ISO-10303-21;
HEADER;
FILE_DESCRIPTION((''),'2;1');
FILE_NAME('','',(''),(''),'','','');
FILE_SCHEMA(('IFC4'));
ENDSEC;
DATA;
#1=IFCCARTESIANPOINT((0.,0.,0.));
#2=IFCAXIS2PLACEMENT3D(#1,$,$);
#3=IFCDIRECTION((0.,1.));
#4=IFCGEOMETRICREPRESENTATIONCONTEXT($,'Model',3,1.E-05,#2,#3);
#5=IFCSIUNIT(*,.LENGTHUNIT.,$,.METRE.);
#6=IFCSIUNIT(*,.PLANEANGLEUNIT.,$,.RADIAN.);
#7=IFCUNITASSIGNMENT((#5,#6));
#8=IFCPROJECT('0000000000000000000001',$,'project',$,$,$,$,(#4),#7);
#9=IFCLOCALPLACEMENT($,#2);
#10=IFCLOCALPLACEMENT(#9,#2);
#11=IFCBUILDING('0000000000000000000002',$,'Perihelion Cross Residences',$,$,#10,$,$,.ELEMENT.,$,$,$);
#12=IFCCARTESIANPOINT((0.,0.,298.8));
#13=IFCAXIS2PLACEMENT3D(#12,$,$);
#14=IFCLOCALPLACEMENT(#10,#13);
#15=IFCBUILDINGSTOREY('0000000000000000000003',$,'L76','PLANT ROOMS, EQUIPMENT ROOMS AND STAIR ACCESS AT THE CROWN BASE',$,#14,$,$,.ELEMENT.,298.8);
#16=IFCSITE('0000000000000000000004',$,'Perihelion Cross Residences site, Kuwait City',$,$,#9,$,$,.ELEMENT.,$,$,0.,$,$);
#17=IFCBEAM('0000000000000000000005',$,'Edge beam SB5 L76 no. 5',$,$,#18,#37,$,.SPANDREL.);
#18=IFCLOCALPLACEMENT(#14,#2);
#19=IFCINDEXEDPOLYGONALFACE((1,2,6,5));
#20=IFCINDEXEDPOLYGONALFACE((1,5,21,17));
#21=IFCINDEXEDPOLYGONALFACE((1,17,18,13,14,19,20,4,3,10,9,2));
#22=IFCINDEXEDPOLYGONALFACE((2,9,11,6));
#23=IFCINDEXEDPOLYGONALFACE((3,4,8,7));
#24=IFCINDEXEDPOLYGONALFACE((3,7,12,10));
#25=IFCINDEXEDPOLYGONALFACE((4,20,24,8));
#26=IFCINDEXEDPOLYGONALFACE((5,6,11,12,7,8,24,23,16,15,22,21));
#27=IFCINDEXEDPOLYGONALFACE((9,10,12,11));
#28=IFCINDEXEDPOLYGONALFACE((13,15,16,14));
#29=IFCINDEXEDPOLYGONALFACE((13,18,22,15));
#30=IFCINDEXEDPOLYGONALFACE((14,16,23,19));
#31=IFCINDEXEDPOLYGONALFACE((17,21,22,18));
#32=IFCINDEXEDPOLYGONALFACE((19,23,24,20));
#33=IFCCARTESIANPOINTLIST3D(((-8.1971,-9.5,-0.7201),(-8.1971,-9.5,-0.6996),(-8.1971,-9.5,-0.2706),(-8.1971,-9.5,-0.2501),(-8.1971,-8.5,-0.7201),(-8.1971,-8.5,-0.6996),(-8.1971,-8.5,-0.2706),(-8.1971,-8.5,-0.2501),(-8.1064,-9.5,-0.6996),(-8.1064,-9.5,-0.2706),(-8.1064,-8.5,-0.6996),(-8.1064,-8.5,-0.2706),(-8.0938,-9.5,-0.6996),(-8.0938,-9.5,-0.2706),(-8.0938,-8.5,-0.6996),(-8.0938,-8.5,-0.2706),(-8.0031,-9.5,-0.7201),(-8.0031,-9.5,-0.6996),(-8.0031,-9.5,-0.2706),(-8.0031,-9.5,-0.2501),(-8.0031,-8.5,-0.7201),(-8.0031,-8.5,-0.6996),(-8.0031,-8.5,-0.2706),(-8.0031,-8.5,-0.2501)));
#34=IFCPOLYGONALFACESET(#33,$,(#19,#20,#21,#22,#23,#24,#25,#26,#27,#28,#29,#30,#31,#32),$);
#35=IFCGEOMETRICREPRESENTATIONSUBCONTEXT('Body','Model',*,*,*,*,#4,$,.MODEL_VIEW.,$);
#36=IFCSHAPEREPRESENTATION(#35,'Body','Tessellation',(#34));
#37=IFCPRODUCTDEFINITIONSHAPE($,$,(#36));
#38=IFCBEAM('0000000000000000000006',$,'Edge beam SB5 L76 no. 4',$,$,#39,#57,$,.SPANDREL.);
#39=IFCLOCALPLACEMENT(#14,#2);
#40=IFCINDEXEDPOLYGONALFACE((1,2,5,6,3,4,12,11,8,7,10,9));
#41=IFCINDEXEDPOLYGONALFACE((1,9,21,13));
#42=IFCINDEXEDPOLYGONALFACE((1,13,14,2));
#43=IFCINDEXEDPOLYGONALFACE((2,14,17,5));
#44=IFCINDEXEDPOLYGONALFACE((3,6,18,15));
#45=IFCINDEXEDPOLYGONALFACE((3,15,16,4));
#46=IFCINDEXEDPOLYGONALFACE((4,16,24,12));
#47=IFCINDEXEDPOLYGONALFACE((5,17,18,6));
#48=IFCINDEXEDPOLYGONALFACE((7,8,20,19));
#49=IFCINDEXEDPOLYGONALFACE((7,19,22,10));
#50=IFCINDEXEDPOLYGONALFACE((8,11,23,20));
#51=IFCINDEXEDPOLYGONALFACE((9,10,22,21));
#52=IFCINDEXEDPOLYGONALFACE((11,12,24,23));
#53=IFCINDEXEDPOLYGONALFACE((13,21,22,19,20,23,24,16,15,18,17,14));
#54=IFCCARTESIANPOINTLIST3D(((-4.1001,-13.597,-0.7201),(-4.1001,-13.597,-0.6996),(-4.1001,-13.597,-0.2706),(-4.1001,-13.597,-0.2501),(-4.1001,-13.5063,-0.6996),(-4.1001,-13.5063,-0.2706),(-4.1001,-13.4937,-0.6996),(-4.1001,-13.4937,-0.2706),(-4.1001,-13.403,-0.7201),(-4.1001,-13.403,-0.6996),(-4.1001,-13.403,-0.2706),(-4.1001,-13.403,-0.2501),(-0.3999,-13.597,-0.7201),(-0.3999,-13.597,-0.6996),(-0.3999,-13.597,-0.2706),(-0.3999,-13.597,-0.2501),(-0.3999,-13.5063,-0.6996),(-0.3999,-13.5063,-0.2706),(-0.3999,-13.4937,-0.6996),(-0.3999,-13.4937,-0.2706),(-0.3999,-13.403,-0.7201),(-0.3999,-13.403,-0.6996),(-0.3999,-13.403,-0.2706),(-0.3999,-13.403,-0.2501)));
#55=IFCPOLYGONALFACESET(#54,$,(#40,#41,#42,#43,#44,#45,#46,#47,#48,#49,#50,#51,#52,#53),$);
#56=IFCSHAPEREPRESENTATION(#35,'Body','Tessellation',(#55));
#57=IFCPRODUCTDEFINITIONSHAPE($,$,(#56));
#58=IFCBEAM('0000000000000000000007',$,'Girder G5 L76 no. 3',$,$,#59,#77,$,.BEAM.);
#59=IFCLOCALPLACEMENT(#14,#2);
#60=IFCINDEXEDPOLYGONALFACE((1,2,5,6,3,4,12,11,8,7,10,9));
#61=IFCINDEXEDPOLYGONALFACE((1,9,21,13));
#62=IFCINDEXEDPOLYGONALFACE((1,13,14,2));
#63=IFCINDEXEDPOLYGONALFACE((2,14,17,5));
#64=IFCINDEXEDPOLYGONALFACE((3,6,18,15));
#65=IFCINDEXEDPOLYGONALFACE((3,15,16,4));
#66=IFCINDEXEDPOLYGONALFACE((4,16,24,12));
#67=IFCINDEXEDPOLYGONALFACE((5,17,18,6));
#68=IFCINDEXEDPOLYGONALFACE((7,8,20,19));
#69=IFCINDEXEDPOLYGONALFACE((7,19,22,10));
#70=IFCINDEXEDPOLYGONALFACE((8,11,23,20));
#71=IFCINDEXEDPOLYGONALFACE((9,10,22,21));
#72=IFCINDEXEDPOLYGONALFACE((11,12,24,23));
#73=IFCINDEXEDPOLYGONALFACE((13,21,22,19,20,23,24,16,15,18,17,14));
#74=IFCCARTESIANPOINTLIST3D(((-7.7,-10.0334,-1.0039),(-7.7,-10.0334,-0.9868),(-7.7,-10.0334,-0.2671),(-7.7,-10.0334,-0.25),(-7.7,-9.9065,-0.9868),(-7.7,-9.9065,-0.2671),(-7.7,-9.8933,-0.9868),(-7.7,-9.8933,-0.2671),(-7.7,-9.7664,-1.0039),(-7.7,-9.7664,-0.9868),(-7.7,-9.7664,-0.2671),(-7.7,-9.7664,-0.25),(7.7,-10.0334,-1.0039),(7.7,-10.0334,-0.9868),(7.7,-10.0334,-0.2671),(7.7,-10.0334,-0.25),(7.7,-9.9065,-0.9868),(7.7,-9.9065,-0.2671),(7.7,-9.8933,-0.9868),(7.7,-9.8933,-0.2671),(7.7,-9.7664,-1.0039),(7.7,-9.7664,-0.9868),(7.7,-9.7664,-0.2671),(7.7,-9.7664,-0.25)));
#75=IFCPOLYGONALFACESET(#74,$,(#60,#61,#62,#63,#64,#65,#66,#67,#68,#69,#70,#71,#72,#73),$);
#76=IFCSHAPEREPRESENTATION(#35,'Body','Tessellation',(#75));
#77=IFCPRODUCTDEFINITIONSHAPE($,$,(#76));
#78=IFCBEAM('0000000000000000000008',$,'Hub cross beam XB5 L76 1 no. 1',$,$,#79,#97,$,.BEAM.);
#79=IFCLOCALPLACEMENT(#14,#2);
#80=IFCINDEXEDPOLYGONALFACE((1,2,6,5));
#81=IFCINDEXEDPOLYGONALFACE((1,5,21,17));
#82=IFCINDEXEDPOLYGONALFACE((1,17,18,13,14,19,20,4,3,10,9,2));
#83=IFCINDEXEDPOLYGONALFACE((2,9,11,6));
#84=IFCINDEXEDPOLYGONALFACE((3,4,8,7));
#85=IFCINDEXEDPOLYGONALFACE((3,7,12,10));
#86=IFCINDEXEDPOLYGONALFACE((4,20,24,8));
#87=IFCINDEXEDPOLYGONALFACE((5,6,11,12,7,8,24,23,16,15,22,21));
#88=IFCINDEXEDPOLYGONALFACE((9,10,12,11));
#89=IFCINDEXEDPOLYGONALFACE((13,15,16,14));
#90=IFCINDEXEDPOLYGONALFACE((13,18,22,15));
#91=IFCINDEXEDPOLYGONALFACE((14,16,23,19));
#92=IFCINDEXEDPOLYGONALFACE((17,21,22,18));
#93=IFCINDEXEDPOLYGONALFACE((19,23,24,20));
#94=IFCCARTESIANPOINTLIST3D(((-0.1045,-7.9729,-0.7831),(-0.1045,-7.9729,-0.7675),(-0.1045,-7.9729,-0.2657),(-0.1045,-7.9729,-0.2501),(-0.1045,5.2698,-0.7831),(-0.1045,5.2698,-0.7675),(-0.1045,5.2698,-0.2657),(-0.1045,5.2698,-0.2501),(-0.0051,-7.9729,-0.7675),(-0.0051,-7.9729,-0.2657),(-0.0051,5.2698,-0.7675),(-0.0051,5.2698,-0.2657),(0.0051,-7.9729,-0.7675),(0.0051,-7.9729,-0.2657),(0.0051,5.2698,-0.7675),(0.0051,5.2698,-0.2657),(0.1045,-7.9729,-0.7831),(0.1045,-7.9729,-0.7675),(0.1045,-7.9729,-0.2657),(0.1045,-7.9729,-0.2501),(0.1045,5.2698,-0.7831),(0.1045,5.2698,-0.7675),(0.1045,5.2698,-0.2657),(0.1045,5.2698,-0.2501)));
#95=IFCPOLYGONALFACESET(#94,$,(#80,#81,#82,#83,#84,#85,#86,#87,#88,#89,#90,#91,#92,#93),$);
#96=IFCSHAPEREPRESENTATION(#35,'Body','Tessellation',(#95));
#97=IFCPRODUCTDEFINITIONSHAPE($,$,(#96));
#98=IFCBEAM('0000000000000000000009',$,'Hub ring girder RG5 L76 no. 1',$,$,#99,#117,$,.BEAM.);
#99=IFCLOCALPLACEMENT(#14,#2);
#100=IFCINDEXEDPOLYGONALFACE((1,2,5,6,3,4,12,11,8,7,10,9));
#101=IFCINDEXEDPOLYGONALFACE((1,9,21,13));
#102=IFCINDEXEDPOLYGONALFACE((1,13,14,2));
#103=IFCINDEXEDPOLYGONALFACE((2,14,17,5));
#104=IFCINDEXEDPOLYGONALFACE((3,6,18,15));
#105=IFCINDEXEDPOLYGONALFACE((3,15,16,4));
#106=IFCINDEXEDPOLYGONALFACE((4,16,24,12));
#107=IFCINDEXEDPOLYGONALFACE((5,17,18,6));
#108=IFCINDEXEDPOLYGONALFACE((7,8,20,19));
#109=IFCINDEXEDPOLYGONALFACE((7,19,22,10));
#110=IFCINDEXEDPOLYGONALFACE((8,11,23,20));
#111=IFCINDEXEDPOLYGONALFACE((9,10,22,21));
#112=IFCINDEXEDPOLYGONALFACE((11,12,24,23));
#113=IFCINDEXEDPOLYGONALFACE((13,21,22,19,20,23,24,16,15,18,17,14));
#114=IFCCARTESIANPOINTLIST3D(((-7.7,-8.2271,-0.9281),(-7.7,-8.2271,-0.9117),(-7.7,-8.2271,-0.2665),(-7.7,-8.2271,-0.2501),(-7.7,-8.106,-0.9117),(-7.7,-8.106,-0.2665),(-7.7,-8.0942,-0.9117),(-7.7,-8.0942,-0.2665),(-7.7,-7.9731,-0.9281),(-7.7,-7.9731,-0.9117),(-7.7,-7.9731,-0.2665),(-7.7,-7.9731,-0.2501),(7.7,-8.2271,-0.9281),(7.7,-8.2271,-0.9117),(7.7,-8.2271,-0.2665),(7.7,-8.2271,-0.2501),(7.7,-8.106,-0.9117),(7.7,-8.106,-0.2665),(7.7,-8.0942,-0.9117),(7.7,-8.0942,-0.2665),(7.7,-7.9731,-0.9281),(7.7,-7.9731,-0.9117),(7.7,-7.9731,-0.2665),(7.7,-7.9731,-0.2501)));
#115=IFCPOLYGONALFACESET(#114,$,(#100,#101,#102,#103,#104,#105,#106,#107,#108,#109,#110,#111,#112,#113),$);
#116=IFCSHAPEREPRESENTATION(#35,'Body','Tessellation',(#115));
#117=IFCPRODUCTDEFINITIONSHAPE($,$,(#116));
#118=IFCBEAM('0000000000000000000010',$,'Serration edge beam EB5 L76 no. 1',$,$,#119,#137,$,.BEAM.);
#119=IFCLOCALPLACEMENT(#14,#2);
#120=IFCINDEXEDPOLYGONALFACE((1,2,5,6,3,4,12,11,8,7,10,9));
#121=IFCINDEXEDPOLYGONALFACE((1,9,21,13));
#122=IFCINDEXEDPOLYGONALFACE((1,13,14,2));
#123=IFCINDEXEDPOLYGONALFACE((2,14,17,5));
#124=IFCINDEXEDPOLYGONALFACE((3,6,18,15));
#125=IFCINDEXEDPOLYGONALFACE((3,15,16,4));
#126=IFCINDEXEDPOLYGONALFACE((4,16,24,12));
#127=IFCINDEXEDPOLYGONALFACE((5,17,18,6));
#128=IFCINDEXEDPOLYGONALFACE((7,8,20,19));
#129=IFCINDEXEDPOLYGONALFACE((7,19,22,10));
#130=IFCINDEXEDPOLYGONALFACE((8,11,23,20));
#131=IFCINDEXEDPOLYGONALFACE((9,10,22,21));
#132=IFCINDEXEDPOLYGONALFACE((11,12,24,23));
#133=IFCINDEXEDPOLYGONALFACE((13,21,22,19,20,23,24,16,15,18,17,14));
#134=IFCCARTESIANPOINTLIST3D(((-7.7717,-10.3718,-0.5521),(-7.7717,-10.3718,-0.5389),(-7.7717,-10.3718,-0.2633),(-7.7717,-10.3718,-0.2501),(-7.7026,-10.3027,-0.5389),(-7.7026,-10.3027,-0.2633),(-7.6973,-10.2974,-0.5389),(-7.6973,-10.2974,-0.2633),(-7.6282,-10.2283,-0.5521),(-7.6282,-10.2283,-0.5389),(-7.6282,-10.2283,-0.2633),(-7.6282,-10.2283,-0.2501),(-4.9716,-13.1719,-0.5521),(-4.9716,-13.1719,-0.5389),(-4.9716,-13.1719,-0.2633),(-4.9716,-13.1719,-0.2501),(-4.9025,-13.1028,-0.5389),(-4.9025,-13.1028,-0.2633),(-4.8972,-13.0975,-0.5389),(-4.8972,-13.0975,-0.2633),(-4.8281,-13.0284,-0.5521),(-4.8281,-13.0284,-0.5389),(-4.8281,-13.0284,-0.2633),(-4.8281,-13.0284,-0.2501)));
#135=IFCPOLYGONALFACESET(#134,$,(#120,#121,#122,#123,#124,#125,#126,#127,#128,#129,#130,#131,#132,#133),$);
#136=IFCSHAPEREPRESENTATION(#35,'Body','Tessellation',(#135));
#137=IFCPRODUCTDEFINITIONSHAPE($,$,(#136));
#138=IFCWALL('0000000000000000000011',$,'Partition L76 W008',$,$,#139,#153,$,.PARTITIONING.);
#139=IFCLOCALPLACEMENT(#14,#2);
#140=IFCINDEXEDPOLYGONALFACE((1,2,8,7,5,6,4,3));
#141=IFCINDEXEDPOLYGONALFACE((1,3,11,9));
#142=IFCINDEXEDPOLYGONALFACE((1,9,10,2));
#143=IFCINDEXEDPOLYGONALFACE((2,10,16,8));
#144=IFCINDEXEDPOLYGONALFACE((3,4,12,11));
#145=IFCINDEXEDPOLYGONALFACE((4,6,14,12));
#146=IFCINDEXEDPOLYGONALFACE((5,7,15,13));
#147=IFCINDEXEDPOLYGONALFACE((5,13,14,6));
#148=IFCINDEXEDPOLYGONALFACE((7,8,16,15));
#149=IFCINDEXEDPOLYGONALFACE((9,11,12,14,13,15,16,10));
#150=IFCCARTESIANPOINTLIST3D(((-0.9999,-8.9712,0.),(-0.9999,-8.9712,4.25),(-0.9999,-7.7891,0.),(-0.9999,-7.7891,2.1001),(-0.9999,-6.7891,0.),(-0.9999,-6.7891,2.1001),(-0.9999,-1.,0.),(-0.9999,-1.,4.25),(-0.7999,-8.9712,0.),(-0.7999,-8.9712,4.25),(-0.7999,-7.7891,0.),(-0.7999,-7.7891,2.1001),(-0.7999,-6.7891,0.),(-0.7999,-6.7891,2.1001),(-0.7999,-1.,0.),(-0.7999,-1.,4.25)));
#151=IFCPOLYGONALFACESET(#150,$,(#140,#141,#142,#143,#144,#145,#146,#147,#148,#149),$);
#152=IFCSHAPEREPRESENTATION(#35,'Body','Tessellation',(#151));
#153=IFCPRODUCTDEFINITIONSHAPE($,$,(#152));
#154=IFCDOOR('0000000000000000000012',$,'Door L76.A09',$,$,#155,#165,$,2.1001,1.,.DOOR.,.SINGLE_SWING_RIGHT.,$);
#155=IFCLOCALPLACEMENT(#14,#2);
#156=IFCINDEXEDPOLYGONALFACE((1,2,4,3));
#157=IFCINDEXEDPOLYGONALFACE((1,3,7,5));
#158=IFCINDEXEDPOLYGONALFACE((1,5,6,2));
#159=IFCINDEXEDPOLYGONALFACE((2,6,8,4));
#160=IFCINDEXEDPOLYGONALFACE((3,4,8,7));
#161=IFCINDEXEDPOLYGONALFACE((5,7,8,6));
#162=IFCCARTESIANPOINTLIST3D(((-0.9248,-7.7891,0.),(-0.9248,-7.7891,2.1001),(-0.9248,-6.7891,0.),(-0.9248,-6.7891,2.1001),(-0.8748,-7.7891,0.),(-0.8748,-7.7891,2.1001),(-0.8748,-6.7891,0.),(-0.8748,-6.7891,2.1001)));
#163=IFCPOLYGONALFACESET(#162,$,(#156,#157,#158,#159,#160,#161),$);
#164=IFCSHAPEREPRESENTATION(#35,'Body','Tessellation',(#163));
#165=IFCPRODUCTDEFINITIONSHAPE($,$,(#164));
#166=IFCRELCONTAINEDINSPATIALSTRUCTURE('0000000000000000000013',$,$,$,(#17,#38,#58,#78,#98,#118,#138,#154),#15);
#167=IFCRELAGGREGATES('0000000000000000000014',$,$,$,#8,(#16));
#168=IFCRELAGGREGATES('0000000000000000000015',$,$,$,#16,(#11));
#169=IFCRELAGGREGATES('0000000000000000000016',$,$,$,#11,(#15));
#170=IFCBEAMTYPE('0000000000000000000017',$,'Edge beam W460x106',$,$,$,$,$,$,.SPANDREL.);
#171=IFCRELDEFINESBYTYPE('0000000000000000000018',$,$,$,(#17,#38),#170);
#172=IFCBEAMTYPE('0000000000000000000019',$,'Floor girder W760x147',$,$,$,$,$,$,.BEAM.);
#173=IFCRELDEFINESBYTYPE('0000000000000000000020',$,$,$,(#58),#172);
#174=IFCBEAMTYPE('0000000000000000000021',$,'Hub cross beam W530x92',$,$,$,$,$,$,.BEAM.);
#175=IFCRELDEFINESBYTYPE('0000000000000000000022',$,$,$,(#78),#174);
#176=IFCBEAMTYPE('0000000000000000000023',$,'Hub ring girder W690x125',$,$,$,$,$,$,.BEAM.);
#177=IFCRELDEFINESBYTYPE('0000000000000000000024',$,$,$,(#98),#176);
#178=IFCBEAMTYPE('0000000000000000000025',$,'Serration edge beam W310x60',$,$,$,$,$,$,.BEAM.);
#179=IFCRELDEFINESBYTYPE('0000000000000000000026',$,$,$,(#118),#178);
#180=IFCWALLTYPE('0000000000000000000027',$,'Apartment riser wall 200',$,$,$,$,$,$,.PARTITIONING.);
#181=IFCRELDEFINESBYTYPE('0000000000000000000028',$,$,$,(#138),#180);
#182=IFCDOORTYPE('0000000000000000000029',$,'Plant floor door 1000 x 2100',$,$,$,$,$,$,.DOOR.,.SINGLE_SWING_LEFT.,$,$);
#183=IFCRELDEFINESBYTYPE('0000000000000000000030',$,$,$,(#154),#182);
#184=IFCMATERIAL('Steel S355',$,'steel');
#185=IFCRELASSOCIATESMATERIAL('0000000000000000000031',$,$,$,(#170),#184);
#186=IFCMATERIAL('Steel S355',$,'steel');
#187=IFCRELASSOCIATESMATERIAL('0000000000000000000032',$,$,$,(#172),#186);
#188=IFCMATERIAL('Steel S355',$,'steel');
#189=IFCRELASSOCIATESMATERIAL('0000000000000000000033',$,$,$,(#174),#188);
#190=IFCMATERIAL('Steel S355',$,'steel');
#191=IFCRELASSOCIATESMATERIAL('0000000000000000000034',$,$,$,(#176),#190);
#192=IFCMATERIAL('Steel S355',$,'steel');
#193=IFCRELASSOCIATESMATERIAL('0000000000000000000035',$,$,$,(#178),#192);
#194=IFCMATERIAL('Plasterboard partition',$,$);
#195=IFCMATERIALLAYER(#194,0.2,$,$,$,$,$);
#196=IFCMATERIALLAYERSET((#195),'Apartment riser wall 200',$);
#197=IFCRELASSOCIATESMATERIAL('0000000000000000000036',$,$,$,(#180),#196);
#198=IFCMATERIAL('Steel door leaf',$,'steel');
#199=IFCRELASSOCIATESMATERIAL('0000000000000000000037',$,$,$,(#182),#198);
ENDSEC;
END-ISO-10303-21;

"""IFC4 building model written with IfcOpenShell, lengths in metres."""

from ifc_helpers import new_model, si_unit, direction, frame, frame_2d, origin, origin_2d, place, context, subcontext, project, spatial, rectangle, i_section, extrude, material, layer, layer_set, material_profile, profile_set, type_object, element, fill, save


model = new_model("IFC4")

# Units and contexts
model_context = context("Model", 3, precision=1e-05, world=origin(), true_north=direction((0.0, 1.0)))
body_context = subcontext(model_context, "Body", "Model", "MODEL_VIEW")
ifc_project = project(units=[si_unit("LENGTHUNIT", "METRE"), si_unit("PLANEANGLEUNIT", "RADIAN")], contexts=[model_context])

# Site, building, storey
site_placement = place(None, origin())
site = spatial("IfcSite", under=ifc_project, at=site_placement, Name="Perihelion Cross Residences site, Kuwait City", CompositionType="ELEMENT", RefElevation=0.0)
building_placement = place(site_placement, origin())
building = spatial("IfcBuilding", under=site, at=building_placement, Name="Perihelion Cross Residences", CompositionType="ELEMENT")
storey_placement = place(building_placement, frame((0.0, 0.0, 298.8)))
storey = spatial("IfcBuildingStorey", under=building, at=storey_placement, Name="L76", Description="PLANT ROOMS, EQUIPMENT ROOMS AND STAIR ACCESS AT THE CROWN BASE", CompositionType="ELEMENT", Elevation=298.8)

# Beams
ifc_material_1 = material(Name="Steel S355", Category="steel")
ifc_material_profile_1 = material_profile(ifc_material_1, i_section(OverallWidth=0.1941, OverallDepth=0.47, WebThickness=0.0127, FlangeThickness=0.0205, at=origin_2d()), Name="W460x106")
ifc_profile_set_1 = profile_set([ifc_material_profile_1], Name="Steel S355")
beam_type_1 = type_object("IfcBeamType", Name="Edge beam W460x106", PredefinedType="SPANDREL", material=ifc_profile_set_1)
beam_1_placement = place(storey_placement, frame((-8.1001, -8.5, -0.4851), z_axis=(0.0, -1.0, 0.0), x_axis=(1.0, 0.0, 0.0)))
element("IfcBeam", 1, at=beam_1_placement, inside=storey, type_object=beam_type_1, Name="Edge beam SB5 L76 no. 5", PredefinedType="SPANDREL", context=body_context, shape_type="SweptSolid", body=[
    extrude(i_section(OverallWidth=0.1941, OverallDepth=0.47, WebThickness=0.0127, FlangeThickness=0.0205, at=origin_2d()), origin(), (0.0, 0.0, 1.0), 1.0),
])
beam_2_placement = place(storey_placement, frame((-4.1001, -13.5, -0.4851), z_axis=(1.0, 0.0, 0.0), x_axis=(0.0, 1.0, 0.0)))
element("IfcBeam", 2, at=beam_2_placement, inside=storey, type_object=beam_type_1, Name="Edge beam SB5 L76 no. 4", PredefinedType="SPANDREL", context=body_context, shape_type="SweptSolid", body=[
    extrude(i_section(OverallWidth=0.1941, OverallDepth=0.47, WebThickness=0.0127, FlangeThickness=0.0205, at=origin_2d()), origin(), (0.0, 0.0, 1.0), 3.7002),
])
ifc_material_2 = material(Name="Steel S355", Category="steel")
ifc_material_profile_2 = material_profile(ifc_material_2, i_section(OverallWidth=0.2671, OverallDepth=0.7539, WebThickness=0.0132, FlangeThickness=0.0171, at=origin_2d()), Name="W760x147")
ifc_profile_set_2 = profile_set([ifc_material_profile_2], Name="Steel S355")
beam_type_2 = type_object("IfcBeamType", Name="Floor girder W760x147", PredefinedType="BEAM", material=ifc_profile_set_2)
beam_3_placement = place(storey_placement, frame((-7.7, -9.8999, -0.627), z_axis=(1.0, 0.0, 0.0), x_axis=(0.0, 1.0, 0.0)))
element("IfcBeam", 3, at=beam_3_placement, inside=storey, type_object=beam_type_2, Name="Girder G5 L76 no. 3", PredefinedType="BEAM", context=body_context, shape_type="SweptSolid", body=[
    extrude(i_section(OverallWidth=0.2671, OverallDepth=0.7539, WebThickness=0.0132, FlangeThickness=0.0171, at=origin_2d()), origin(), (0.0, 0.0, 1.0), 15.3999),
])
ifc_material_3 = material(Name="Steel S355", Category="steel")
ifc_material_profile_3 = material_profile(ifc_material_3, i_section(OverallWidth=0.209, OverallDepth=0.533, WebThickness=0.0103, FlangeThickness=0.0156, at=origin_2d()), Name="W530x92")
ifc_profile_set_3 = profile_set([ifc_material_profile_3], Name="Steel S355")
beam_type_3 = type_object("IfcBeamType", Name="Hub cross beam W530x92", PredefinedType="BEAM", material=ifc_profile_set_3)
beam_4_placement = place(storey_placement, frame((0.0, -7.9729, -0.5166), z_axis=(0.0, 1.0, 0.0), x_axis=(-1.0, 0.0, 0.0)))
element("IfcBeam", 4, at=beam_4_placement, inside=storey, type_object=beam_type_3, Name="Hub cross beam XB5 L76 1 no. 1", PredefinedType="BEAM", context=body_context, shape_type="SweptSolid", body=[
    extrude(i_section(OverallWidth=0.209, OverallDepth=0.533, WebThickness=0.0103, FlangeThickness=0.0156, at=origin_2d()), origin(), (0.0, 0.0, 1.0), 13.2427),
])
ifc_material_4 = material(Name="Steel S355", Category="steel")
ifc_material_profile_4 = material_profile(ifc_material_4, i_section(OverallWidth=0.2539, OverallDepth=0.678, WebThickness=0.0117, FlangeThickness=0.0164, at=origin_2d()), Name="W690x125")
ifc_profile_set_4 = profile_set([ifc_material_profile_4], Name="Steel S355")
beam_type_4 = type_object("IfcBeamType", Name="Hub ring girder W690x125", PredefinedType="BEAM", material=ifc_profile_set_4)
beam_5_placement = place(storey_placement, frame((-7.7, -8.1001, -0.5891), z_axis=(1.0, 0.0, 0.0), x_axis=(0.0, 1.0, 0.0)))
element("IfcBeam", 5, at=beam_5_placement, inside=storey, type_object=beam_type_4, Name="Hub ring girder RG5 L76 no. 1", PredefinedType="BEAM", context=body_context, shape_type="SweptSolid", body=[
    extrude(i_section(OverallWidth=0.2539, OverallDepth=0.678, WebThickness=0.0117, FlangeThickness=0.0164, at=origin_2d()), origin(), (0.0, 0.0, 1.0), 15.3999),
])
ifc_material_5 = material(Name="Steel S355", Category="steel")
ifc_material_profile_5 = material_profile(ifc_material_5, i_section(OverallWidth=0.2029, OverallDepth=0.302, WebThickness=0.0076, FlangeThickness=0.0132, at=origin_2d()), Name="W310x60")
ifc_profile_set_5 = profile_set([ifc_material_profile_5], Name="Steel S355")
beam_type_5 = type_object("IfcBeamType", Name="Serration edge beam W310x60", PredefinedType="BEAM", material=ifc_profile_set_5)
beam_6_placement = place(storey_placement, frame((-7.7, -10.3, -0.4011), z_axis=(0.707107, -0.707107, 0.0), x_axis=(0.707107, 0.707107, 0.0)))
element("IfcBeam", 6, at=beam_6_placement, inside=storey, type_object=beam_type_5, Name="Serration edge beam EB5 L76 no. 1", PredefinedType="BEAM", context=body_context, shape_type="SweptSolid", body=[
    extrude(i_section(OverallWidth=0.2029, OverallDepth=0.302, WebThickness=0.0076, FlangeThickness=0.0132, at=origin_2d()), origin(), (0.0, 0.0, 1.0), 3.96),
])

# Wall, opening, door
ifc_material_6 = material(Name="Plasterboard partition")
ifc_layer_1 = layer(ifc_material_6, 0.2)
ifc_layer_set_1 = layer_set([ifc_layer_1], Name="Apartment riser wall 200")
wall_type_1 = type_object("IfcWallType", Name="Apartment riser wall 200", PredefinedType="PARTITIONING", material=ifc_layer_set_1)
wall_1_placement = place(storey_placement, frame((-0.8999, -8.9712, 0.0), z_axis=(0.0, 0.0, 1.0), x_axis=(0.0, 1.0, 0.0)))
wall_1 = element("IfcWall", 7, at=wall_1_placement, inside=storey, type_object=wall_type_1, Name="Partition L76 W008", PredefinedType="PARTITIONING", context=body_context, shape_type="SweptSolid", body=[
    extrude(rectangle(XDim=7.9712, YDim=0.2, at=frame_2d((3.9856, 0.0))), origin(), (0.0, 0.0, 1.0), 4.25),
])
opening_1_placement = place(wall_1_placement, frame((1.1821, 0.0, 0.0)))
opening_1 = element("IfcOpeningElement", 8, at=opening_1_placement, cuts=wall_1, PredefinedType="OPENING", context=body_context, shape_type="SweptSolid", body=[
    extrude(rectangle(XDim=1.0, YDim=2.1001, at=frame_2d((0.5, 1.05))), frame((0.0, 0.1099, 0.0), z_axis=(0.0, -1.0, 0.0), x_axis=(1.0, 0.0, 0.0)), (0.0, 0.0, 1.0), 0.22),
])
ifc_material_7 = material(Name="Steel door leaf", Category="steel")
door_type_1 = type_object("IfcDoorType", Name="Plant floor door 1000 x 2100", OperationType="SINGLE_SWING_LEFT", PredefinedType="DOOR", material=ifc_material_7)
door_1_placement = place(opening_1_placement, origin())
door_1 = element("IfcDoor", 9, at=door_1_placement, inside=storey, type_object=door_type_1, Name="Door L76.A09", OperationType="SINGLE_SWING_RIGHT", OverallHeight=2.1001, OverallWidth=1.0, PredefinedType="DOOR", context=body_context, shape_type="SweptSolid", body=[
    extrude(rectangle(XDim=1.0, YDim=2.1001, at=frame_2d((0.5, 1.05))), frame((0.0, 0.0249, 0.0), z_axis=(0.0, -1.0, 0.0), x_axis=(1.0, 0.0, 0.0)), (0.0, 0.0, 1.0), 0.05),
])
fill(opening_1, door_1)

save(model, "model.ifc")
